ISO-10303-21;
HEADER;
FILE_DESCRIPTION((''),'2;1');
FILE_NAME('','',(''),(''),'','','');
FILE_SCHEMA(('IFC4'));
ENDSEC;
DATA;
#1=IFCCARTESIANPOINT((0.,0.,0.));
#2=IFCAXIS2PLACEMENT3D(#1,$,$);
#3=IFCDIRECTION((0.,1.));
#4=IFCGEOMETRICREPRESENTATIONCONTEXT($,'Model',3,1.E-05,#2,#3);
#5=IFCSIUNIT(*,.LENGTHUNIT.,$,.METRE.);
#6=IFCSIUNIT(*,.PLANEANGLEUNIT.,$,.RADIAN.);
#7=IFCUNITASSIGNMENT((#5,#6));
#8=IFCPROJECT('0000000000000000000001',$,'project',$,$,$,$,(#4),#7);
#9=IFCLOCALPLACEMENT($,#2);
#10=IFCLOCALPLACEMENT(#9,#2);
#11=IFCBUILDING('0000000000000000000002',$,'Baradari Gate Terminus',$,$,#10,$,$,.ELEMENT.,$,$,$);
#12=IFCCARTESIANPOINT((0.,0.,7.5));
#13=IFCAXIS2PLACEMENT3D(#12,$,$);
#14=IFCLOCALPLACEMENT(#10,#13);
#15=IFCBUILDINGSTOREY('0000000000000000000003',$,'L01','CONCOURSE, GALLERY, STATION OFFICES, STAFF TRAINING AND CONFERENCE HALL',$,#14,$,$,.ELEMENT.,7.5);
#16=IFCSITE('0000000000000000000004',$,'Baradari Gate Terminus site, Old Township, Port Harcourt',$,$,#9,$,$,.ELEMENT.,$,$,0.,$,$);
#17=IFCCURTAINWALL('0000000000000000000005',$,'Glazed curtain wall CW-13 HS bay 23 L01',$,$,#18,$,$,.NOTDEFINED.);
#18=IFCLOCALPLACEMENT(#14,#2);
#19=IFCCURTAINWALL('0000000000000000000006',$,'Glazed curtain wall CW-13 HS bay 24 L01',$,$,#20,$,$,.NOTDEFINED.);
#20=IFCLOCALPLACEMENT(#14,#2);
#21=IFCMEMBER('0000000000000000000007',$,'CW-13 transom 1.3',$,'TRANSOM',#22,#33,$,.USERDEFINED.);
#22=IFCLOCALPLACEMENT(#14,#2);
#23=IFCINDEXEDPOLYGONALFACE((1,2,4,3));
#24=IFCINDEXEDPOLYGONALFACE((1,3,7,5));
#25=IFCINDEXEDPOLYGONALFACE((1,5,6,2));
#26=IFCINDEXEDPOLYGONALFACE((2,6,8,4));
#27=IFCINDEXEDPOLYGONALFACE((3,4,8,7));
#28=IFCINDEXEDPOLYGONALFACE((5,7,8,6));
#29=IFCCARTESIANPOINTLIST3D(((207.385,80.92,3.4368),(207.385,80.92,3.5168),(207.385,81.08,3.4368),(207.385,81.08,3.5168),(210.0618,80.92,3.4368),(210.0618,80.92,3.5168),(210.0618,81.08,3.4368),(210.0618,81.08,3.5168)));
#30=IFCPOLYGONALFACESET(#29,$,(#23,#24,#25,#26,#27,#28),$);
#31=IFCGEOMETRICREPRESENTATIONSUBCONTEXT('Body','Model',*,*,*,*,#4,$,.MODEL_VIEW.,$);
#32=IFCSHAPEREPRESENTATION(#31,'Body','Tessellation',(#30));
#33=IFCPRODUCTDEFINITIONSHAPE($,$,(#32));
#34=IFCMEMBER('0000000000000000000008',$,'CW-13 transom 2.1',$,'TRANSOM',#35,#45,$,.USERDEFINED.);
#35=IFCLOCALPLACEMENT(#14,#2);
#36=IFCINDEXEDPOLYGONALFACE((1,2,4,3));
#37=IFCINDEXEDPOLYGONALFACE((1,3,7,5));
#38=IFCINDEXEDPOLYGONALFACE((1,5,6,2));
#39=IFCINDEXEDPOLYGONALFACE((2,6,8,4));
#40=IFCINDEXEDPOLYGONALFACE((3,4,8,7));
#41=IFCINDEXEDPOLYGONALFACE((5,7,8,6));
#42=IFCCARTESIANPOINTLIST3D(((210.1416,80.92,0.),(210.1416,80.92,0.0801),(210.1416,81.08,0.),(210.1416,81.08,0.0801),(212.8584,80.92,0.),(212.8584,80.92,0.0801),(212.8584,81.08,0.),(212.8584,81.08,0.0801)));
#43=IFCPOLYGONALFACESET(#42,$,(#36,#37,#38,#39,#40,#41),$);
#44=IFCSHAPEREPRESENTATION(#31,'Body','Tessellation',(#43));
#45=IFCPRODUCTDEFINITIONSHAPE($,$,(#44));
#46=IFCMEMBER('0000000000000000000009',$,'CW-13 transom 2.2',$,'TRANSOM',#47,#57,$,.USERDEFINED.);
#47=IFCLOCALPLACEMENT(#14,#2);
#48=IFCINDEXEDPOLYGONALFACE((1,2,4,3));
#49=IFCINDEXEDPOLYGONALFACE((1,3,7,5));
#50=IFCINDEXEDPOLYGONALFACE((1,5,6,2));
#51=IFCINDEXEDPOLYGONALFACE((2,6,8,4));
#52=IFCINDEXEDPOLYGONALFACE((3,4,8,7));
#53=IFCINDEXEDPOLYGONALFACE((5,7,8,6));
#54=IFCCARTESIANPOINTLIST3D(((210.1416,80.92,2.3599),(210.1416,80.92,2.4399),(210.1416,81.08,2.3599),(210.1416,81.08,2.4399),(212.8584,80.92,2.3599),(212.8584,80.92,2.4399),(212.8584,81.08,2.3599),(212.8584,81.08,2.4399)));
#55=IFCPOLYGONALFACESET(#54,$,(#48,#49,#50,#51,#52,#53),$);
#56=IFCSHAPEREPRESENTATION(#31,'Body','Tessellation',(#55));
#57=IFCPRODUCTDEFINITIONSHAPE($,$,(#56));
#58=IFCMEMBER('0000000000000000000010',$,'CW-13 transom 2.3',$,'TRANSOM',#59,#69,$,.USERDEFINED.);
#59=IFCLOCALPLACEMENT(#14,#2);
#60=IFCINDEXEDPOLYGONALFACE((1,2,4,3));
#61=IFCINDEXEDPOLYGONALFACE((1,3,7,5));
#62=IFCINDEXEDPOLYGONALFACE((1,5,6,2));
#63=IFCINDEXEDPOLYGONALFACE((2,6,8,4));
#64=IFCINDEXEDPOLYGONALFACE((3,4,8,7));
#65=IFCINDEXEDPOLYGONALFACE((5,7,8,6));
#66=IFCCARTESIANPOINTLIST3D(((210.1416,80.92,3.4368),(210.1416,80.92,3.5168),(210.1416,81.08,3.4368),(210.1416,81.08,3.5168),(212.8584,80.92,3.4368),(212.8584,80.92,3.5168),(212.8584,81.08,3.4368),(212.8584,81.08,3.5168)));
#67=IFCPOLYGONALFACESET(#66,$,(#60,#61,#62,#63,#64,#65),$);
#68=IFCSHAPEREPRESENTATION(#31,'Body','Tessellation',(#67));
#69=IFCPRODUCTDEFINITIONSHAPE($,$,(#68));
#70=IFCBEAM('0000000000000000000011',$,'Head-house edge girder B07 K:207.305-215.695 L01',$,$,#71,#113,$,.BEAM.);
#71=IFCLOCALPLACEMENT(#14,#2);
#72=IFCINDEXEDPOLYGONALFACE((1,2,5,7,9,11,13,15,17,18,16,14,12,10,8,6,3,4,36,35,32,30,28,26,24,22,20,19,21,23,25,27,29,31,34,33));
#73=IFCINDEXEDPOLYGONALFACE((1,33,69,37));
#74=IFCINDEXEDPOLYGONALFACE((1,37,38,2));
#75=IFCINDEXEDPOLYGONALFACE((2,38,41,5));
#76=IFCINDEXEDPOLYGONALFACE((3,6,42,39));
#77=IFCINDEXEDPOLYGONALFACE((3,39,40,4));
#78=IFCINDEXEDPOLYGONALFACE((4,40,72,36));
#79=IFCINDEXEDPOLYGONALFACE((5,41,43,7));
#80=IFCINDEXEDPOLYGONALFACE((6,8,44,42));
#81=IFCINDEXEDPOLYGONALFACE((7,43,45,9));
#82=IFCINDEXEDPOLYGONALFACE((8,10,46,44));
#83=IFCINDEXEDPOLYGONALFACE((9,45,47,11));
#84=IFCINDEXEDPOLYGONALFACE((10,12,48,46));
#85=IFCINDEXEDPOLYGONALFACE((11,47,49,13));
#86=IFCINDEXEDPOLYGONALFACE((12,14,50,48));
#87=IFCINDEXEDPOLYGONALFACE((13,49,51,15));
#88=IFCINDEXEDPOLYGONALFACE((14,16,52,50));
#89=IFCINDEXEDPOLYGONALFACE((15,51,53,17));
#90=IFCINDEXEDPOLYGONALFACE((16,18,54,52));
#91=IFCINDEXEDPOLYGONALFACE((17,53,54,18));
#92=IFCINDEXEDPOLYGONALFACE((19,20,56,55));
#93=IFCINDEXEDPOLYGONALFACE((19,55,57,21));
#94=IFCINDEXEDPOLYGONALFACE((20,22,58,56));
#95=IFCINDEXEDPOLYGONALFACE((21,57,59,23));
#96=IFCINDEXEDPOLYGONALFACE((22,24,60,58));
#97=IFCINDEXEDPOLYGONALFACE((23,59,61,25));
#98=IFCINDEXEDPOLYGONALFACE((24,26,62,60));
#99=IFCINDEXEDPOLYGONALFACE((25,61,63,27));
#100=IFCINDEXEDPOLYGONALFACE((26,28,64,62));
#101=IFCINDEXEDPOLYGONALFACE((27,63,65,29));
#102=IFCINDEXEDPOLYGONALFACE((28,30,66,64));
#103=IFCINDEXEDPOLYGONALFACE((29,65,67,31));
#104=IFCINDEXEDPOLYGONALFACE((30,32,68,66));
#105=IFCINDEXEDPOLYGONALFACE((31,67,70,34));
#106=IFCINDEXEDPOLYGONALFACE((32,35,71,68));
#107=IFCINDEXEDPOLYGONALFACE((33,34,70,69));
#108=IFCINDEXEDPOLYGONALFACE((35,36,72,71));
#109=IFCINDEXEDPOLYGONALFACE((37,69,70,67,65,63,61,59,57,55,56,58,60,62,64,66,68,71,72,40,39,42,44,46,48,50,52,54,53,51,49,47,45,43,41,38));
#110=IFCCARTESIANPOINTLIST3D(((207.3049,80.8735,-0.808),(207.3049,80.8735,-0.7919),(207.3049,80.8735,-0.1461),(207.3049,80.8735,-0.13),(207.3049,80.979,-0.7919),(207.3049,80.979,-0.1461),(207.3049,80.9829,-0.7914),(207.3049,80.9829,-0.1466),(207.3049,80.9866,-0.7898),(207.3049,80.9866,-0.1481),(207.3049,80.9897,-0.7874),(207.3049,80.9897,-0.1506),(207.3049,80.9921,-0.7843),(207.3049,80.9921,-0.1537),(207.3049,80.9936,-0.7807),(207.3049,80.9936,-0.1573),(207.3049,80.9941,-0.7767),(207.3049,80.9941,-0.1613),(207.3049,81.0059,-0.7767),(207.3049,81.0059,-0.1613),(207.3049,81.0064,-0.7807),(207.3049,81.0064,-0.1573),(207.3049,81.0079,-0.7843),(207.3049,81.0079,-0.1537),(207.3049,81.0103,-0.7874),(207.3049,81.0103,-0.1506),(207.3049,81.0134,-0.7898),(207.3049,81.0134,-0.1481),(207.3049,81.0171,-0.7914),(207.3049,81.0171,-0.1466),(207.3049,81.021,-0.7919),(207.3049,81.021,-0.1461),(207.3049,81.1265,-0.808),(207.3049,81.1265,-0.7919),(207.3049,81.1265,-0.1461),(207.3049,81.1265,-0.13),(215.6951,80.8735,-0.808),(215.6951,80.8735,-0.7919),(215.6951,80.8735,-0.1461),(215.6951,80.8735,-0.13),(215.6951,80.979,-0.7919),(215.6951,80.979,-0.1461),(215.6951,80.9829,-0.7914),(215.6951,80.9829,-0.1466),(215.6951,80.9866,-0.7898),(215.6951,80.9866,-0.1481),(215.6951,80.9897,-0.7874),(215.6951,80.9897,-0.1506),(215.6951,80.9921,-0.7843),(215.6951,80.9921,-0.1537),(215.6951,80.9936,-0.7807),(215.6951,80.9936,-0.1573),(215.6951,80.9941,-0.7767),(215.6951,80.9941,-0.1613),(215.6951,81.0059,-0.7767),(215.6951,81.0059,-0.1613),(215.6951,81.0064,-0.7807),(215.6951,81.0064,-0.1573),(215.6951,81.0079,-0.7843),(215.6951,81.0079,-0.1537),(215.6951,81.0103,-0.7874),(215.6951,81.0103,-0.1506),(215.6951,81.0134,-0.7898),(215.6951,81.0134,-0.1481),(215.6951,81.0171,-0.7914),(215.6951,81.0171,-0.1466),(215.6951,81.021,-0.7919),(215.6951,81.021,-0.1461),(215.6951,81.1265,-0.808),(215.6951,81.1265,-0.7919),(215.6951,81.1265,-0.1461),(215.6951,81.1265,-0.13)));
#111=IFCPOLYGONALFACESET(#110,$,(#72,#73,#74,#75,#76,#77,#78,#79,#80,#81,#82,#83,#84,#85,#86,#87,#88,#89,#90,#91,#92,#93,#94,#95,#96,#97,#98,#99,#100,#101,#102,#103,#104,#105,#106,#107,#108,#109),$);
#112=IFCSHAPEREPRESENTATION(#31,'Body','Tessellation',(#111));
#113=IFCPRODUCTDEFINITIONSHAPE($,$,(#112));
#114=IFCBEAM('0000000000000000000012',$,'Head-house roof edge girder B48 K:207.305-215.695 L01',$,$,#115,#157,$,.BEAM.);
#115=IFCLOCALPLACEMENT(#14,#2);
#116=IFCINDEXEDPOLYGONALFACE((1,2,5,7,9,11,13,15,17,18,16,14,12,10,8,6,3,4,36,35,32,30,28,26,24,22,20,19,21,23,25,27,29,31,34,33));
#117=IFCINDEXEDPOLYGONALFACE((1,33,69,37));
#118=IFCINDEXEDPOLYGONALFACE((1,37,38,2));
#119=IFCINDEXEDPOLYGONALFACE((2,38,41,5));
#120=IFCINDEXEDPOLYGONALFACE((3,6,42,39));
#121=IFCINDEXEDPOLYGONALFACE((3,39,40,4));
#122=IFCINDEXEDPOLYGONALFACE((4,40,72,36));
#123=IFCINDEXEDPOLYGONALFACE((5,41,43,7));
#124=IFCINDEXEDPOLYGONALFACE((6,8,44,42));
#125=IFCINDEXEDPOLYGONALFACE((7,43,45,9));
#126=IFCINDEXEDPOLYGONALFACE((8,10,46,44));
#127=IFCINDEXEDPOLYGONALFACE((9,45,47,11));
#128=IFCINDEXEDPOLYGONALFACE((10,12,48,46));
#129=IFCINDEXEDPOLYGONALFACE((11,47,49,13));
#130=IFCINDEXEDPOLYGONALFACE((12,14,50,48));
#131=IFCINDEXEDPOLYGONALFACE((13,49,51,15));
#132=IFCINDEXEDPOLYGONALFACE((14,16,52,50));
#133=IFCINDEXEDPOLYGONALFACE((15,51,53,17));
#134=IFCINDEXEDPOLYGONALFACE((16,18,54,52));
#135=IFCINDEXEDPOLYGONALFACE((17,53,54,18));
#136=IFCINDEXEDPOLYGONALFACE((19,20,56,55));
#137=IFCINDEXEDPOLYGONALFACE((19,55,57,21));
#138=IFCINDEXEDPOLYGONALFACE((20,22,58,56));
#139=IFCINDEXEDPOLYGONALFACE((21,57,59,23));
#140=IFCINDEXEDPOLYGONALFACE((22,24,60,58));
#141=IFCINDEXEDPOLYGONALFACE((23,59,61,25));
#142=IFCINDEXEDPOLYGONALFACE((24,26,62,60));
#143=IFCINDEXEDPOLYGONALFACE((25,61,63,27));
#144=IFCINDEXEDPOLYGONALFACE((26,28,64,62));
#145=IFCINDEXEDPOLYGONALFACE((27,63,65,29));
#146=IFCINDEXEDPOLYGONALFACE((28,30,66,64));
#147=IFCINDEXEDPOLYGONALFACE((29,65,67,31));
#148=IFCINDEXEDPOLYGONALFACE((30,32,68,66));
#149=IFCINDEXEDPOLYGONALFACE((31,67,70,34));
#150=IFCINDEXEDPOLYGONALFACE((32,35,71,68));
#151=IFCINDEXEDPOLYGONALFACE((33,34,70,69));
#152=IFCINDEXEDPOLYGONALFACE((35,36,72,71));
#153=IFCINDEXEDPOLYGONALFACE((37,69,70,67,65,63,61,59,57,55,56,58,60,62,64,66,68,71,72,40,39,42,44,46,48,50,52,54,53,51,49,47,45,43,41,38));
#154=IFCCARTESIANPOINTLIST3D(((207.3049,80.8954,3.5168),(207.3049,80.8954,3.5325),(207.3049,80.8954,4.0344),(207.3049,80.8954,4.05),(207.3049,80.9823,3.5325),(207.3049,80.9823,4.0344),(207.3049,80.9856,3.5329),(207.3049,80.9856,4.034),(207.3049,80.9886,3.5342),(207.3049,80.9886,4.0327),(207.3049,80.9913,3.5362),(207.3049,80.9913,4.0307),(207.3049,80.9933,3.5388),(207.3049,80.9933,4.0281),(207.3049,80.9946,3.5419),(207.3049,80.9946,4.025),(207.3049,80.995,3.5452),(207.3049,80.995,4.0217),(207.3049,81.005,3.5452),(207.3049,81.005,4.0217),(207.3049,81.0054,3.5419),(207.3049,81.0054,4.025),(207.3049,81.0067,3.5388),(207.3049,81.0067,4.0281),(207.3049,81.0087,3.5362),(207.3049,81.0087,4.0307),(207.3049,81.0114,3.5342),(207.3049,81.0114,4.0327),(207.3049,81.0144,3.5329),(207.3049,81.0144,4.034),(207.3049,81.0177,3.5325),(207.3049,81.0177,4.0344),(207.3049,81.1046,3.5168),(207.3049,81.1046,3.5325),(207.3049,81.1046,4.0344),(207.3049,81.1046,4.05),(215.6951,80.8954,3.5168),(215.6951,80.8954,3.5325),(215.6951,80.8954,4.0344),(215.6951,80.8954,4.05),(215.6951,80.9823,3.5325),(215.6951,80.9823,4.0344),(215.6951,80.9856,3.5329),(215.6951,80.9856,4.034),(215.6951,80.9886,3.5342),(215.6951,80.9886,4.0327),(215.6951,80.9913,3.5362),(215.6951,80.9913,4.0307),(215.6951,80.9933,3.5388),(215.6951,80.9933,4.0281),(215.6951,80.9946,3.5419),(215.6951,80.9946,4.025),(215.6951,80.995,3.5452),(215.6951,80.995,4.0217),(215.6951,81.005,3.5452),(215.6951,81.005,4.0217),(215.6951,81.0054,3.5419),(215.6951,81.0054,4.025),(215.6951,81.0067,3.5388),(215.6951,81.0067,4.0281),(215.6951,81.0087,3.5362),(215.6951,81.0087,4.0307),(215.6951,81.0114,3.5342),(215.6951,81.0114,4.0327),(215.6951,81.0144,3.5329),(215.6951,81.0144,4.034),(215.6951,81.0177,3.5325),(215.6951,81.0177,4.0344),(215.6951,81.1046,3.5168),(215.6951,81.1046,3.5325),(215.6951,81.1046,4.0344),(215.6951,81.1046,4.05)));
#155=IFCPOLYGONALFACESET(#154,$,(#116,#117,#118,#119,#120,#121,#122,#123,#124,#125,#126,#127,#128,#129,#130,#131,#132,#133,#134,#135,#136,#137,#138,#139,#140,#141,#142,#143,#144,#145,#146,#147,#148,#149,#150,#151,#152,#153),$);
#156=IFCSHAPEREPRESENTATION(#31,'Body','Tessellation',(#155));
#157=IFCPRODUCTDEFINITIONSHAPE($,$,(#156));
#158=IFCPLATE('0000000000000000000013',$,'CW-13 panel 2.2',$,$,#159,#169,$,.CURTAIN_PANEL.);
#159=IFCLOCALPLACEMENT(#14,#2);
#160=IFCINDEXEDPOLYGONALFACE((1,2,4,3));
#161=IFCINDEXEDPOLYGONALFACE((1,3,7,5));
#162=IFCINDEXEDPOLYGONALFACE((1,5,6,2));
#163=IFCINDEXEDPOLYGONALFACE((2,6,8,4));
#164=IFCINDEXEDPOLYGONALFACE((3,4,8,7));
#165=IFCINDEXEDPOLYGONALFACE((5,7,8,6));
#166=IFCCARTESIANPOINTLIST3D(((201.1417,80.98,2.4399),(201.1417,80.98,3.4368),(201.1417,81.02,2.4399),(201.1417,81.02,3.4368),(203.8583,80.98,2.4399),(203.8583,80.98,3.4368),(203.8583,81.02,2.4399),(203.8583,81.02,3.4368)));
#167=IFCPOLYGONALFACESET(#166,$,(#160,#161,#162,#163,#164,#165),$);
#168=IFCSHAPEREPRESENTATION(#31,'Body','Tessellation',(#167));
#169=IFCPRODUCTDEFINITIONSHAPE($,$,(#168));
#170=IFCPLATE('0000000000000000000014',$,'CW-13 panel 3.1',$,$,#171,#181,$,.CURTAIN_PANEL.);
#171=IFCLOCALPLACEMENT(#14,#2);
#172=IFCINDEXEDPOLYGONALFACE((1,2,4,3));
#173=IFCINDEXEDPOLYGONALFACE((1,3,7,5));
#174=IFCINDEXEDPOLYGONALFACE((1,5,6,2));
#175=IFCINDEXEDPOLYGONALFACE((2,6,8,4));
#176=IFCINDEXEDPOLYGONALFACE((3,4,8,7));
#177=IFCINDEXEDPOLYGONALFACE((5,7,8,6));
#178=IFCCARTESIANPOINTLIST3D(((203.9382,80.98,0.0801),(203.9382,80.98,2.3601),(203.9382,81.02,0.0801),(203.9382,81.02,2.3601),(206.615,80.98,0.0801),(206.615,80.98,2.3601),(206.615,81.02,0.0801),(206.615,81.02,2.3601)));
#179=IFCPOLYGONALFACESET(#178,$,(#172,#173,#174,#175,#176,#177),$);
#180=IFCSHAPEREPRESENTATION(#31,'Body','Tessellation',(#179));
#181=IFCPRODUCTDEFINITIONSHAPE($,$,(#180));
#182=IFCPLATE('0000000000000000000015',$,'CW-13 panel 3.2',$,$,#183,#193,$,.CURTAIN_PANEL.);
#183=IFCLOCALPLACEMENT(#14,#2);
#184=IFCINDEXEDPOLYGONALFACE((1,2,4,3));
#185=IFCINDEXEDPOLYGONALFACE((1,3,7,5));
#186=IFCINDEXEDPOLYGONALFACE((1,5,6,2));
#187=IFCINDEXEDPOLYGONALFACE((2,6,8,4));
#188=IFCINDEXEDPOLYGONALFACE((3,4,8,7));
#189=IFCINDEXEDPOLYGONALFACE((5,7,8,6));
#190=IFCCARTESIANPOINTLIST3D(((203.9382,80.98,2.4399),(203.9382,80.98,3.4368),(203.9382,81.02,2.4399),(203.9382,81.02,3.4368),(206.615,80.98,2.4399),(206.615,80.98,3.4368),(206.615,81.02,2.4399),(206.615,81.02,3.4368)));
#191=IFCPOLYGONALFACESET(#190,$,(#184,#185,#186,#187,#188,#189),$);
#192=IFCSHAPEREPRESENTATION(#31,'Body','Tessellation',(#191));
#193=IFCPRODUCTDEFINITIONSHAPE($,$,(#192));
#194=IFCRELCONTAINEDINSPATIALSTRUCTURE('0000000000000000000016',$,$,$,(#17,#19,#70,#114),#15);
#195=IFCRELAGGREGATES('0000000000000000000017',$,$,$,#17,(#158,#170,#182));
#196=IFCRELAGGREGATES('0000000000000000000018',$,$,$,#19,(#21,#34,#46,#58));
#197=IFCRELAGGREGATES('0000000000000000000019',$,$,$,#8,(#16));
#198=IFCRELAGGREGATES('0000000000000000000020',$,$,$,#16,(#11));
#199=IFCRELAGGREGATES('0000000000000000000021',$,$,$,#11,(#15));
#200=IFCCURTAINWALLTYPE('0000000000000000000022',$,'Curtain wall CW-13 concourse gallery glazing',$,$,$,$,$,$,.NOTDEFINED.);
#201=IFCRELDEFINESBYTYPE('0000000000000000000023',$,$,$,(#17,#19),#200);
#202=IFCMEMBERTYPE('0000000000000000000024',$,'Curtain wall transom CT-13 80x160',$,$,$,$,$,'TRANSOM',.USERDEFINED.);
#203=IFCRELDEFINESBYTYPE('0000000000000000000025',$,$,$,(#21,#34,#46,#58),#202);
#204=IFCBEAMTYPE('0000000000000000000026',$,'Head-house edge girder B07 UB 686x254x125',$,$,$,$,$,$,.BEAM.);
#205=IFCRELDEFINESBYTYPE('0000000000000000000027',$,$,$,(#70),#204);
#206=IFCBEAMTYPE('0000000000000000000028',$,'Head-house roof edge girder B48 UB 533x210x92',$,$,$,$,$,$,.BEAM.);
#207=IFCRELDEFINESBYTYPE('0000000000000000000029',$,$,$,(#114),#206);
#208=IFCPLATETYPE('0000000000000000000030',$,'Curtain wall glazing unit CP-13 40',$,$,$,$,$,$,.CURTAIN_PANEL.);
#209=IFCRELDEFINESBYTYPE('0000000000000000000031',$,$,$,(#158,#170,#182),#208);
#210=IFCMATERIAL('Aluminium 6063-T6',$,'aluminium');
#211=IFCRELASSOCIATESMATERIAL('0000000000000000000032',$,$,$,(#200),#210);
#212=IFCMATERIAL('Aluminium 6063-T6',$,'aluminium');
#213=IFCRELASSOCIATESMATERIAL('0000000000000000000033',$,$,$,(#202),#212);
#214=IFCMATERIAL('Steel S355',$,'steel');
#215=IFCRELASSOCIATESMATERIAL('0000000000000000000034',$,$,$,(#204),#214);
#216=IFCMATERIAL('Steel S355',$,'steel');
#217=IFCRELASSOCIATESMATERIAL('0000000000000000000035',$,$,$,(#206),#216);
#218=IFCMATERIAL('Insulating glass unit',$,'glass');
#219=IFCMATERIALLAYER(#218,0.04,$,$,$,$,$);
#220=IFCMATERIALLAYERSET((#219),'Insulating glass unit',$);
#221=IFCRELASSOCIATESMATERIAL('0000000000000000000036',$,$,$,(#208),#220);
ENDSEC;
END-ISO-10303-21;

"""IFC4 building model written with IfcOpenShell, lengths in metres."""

from ifc_helpers import new_model, si_unit, direction, frame, origin, origin_2d, place, context, subcontext, project, spatial, rectangle, i_section, extrude, material, layer, layer_set, material_profile, profile_set, type_object, element, aggregate, save


model = new_model("IFC4")

# Units and contexts
model_context = context("Model", 3, precision=1e-05, world=origin(), true_north=direction((0.0, 1.0)))
body_context = subcontext(model_context, "Body", "Model", "MODEL_VIEW")
ifc_project = project(units=[si_unit("LENGTHUNIT", "METRE"), si_unit("PLANEANGLEUNIT", "RADIAN")], contexts=[model_context])

# Site, building, storey
site_placement = place(None, origin())
site = spatial("IfcSite", under=ifc_project, at=site_placement, Name="Baradari Gate Terminus site, Old Township, Port Harcourt", CompositionType="ELEMENT", RefElevation=0.0)
building_placement = place(site_placement, origin())
building = spatial("IfcBuilding", under=site, at=building_placement, Name="Baradari Gate Terminus", CompositionType="ELEMENT")
storey_placement = place(building_placement, frame((0.0, 0.0, 7.5)))
storey = spatial("IfcBuildingStorey", under=building, at=storey_placement, Name="L01", Description="CONCOURSE, GALLERY, STATION OFFICES, STAFF TRAINING AND CONFERENCE HALL", CompositionType="ELEMENT", Elevation=7.5)

# Curtain walls
ifc_material_1 = material(Name="Aluminium 6063-T6", Category="aluminium")
curtain_wall_type = type_object("IfcCurtainWallType", Name="Curtain wall CW-13 concourse gallery glazing", PredefinedType="NOTDEFINED", material=ifc_material_1)
curtain_wall_1_placement = place(storey_placement, origin())
curtain_wall_1 = element("IfcCurtainWall", 1, at=curtain_wall_1_placement, inside=storey, type_object=curtain_wall_type, Name="Glazed curtain wall CW-13 HS bay 23 L01", PredefinedType="NOTDEFINED")
curtain_wall_2_placement = place(storey_placement, origin())
curtain_wall_2 = element("IfcCurtainWall", 2, at=curtain_wall_2_placement, inside=storey, type_object=curtain_wall_type, Name="Glazed curtain wall CW-13 HS bay 24 L01", PredefinedType="NOTDEFINED")

# Members
ifc_material_2 = material(Name="Aluminium 6063-T6", Category="aluminium")
ifc_material_profile_1 = material_profile(ifc_material_2, rectangle(XDim=0.1599, YDim=0.0801, at=origin_2d()), Name="CT-13 80X160")
ifc_profile_set_1 = profile_set([ifc_material_profile_1], Name="Aluminium 6063-T6")
member_type_1 = type_object("IfcMemberType", Name="Curtain wall transom CT-13 80x160", ElementType="TRANSOM", PredefinedType="USERDEFINED", material=ifc_profile_set_1)
member_1_placement = place(storey_placement, frame((207.385, 81.0, 3.4768), z_axis=(1.0, 0.0, 0.0), x_axis=(0.0, 1.0, 0.0)))
member_1 = element("IfcMember", 3, at=member_1_placement, type_object=member_type_1, Name="CW-13 transom 1.3", ObjectType="TRANSOM", PredefinedType="USERDEFINED", context=body_context, shape_type="SweptSolid", body=[
    extrude(rectangle(XDim=0.1599, YDim=0.0801, at=origin_2d()), origin(), (0.0, 0.0, 1.0), 2.6768),
])
member_2_placement = place(storey_placement, frame((210.1416, 81.0, 0.04), z_axis=(1.0, 0.0, 0.0), x_axis=(0.0, 1.0, 0.0)))
member_2 = element("IfcMember", 4, at=member_2_placement, type_object=member_type_1, Name="CW-13 transom 2.1", ObjectType="TRANSOM", PredefinedType="USERDEFINED", context=body_context, shape_type="SweptSolid", body=[
    extrude(rectangle(XDim=0.1599, YDim=0.0801, at=origin_2d()), origin(), (0.0, 0.0, 1.0), 2.7168),
])
member_3_placement = place(storey_placement, frame((210.1416, 81.0, 2.3999), z_axis=(1.0, 0.0, 0.0), x_axis=(0.0, 1.0, 0.0)))
member_3 = element("IfcMember", 5, at=member_3_placement, type_object=member_type_1, Name="CW-13 transom 2.2", ObjectType="TRANSOM", PredefinedType="USERDEFINED", context=body_context, shape_type="SweptSolid", body=[
    extrude(rectangle(XDim=0.1599, YDim=0.0801, at=origin_2d()), origin(), (0.0, 0.0, 1.0), 2.7168),
])
member_4_placement = place(storey_placement, frame((210.1416, 81.0, 3.4768), z_axis=(1.0, 0.0, 0.0), x_axis=(0.0, 1.0, 0.0)))
member_4 = element("IfcMember", 6, at=member_4_placement, type_object=member_type_1, Name="CW-13 transom 2.3", ObjectType="TRANSOM", PredefinedType="USERDEFINED", context=body_context, shape_type="SweptSolid", body=[
    extrude(rectangle(XDim=0.1599, YDim=0.0801, at=origin_2d()), origin(), (0.0, 0.0, 1.0), 2.7168),
])

# Beams
ifc_material_3 = material(Name="Steel S355", Category="steel")
ifc_material_profile_2 = material_profile(ifc_material_3, i_section(OverallWidth=0.2529, OverallDepth=0.678, WebThickness=0.0117, FlangeThickness=0.0161, FilletRadius=0.0151, at=origin_2d()), Name="UB 686x254x125")
ifc_profile_set_2 = profile_set([ifc_material_profile_2], Name="Steel S355")
beam_type_1 = type_object("IfcBeamType", Name="Head-house edge girder B07 UB 686x254x125", PredefinedType="BEAM", material=ifc_profile_set_2)
beam_1_placement = place(storey_placement, frame((207.3049, 81.0, -0.469), z_axis=(1.0, 0.0, 0.0), x_axis=(0.0, 1.0, 0.0)))
element("IfcBeam", 7, at=beam_1_placement, inside=storey, type_object=beam_type_1, Name="Head-house edge girder B07 K:207.305-215.695 L01", PredefinedType="BEAM", context=body_context, shape_type="SweptSolid", body=[
    extrude(i_section(OverallWidth=0.2529, OverallDepth=0.678, WebThickness=0.0117, FlangeThickness=0.0161, FilletRadius=0.0151, at=origin_2d()), origin(), (0.0, 0.0, 1.0), 8.3901),
])
ifc_material_4 = material(Name="Steel S355", Category="steel")
ifc_material_profile_3 = material_profile(ifc_material_4, i_section(OverallWidth=0.2092, OverallDepth=0.5332, WebThickness=0.01, FlangeThickness=0.0156, FilletRadius=0.0127, at=origin_2d()), Name="UB 533x210x92")
ifc_profile_set_3 = profile_set([ifc_material_profile_3], Name="Steel S355")
beam_type_2 = type_object("IfcBeamType", Name="Head-house roof edge girder B48 UB 533x210x92", PredefinedType="BEAM", material=ifc_profile_set_3)
beam_2_placement = place(storey_placement, frame((207.3049, 81.0, 3.7834), z_axis=(1.0, 0.0, 0.0), x_axis=(0.0, 1.0, 0.0)))
element("IfcBeam", 8, at=beam_2_placement, inside=storey, type_object=beam_type_2, Name="Head-house roof edge girder B48 K:207.305-215.695 L01", PredefinedType="BEAM", context=body_context, shape_type="SweptSolid", body=[
    extrude(i_section(OverallWidth=0.2092, OverallDepth=0.5332, WebThickness=0.01, FlangeThickness=0.0156, FilletRadius=0.0127, at=origin_2d()), origin(), (0.0, 0.0, 1.0), 8.3901),
])

# Plates
ifc_material_5 = material(Name="Insulating glass unit", Category="glass")
ifc_layer = layer(ifc_material_5, 0.04)
ifc_layer_set = layer_set([ifc_layer], Name="Insulating glass unit")
plate_type = type_object("IfcPlateType", Name="Curtain wall glazing unit CP-13 40", PredefinedType="CURTAIN_PANEL", material=ifc_layer_set)
plate_1_placement = place(storey_placement, frame((202.5, 81.0, 2.4399), z_axis=(0.0, 0.0, 1.0), x_axis=(1.0, 0.0, 0.0)))
plate_1 = element("IfcPlate", 9, at=plate_1_placement, type_object=plate_type, Name="CW-13 panel 2.2", PredefinedType="CURTAIN_PANEL", context=body_context, shape_type="SweptSolid", body=[
    extrude(rectangle(XDim=2.7166, YDim=0.04, at=origin_2d()), origin(), (0.0, 0.0, 1.0), 0.9968),
])
plate_2_placement = place(storey_placement, frame((205.2766, 81.0, 0.0801), z_axis=(0.0, 0.0, 1.0), x_axis=(1.0, 0.0, 0.0)))
plate_2 = element("IfcPlate", 10, at=plate_2_placement, type_object=plate_type, Name="CW-13 panel 3.1", PredefinedType="CURTAIN_PANEL", context=body_context, shape_type="SweptSolid", body=[
    extrude(rectangle(XDim=2.6768, YDim=0.04, at=origin_2d()), origin(), (0.0, 0.0, 1.0), 2.28),
])
plate_3_placement = place(storey_placement, frame((205.2766, 81.0, 2.4399), z_axis=(0.0, 0.0, 1.0), x_axis=(1.0, 0.0, 0.0)))
plate_3 = element("IfcPlate", 11, at=plate_3_placement, type_object=plate_type, Name="CW-13 panel 3.2", PredefinedType="CURTAIN_PANEL", context=body_context, shape_type="SweptSolid", body=[
    extrude(rectangle(XDim=2.6768, YDim=0.04, at=origin_2d()), origin(), (0.0, 0.0, 1.0), 0.9968),
])
aggregate(curtain_wall_1, [plate_1, plate_2, plate_3])
aggregate(curtain_wall_2, [member_1, member_2, member_3, member_4])

save(model, "model.ifc")
